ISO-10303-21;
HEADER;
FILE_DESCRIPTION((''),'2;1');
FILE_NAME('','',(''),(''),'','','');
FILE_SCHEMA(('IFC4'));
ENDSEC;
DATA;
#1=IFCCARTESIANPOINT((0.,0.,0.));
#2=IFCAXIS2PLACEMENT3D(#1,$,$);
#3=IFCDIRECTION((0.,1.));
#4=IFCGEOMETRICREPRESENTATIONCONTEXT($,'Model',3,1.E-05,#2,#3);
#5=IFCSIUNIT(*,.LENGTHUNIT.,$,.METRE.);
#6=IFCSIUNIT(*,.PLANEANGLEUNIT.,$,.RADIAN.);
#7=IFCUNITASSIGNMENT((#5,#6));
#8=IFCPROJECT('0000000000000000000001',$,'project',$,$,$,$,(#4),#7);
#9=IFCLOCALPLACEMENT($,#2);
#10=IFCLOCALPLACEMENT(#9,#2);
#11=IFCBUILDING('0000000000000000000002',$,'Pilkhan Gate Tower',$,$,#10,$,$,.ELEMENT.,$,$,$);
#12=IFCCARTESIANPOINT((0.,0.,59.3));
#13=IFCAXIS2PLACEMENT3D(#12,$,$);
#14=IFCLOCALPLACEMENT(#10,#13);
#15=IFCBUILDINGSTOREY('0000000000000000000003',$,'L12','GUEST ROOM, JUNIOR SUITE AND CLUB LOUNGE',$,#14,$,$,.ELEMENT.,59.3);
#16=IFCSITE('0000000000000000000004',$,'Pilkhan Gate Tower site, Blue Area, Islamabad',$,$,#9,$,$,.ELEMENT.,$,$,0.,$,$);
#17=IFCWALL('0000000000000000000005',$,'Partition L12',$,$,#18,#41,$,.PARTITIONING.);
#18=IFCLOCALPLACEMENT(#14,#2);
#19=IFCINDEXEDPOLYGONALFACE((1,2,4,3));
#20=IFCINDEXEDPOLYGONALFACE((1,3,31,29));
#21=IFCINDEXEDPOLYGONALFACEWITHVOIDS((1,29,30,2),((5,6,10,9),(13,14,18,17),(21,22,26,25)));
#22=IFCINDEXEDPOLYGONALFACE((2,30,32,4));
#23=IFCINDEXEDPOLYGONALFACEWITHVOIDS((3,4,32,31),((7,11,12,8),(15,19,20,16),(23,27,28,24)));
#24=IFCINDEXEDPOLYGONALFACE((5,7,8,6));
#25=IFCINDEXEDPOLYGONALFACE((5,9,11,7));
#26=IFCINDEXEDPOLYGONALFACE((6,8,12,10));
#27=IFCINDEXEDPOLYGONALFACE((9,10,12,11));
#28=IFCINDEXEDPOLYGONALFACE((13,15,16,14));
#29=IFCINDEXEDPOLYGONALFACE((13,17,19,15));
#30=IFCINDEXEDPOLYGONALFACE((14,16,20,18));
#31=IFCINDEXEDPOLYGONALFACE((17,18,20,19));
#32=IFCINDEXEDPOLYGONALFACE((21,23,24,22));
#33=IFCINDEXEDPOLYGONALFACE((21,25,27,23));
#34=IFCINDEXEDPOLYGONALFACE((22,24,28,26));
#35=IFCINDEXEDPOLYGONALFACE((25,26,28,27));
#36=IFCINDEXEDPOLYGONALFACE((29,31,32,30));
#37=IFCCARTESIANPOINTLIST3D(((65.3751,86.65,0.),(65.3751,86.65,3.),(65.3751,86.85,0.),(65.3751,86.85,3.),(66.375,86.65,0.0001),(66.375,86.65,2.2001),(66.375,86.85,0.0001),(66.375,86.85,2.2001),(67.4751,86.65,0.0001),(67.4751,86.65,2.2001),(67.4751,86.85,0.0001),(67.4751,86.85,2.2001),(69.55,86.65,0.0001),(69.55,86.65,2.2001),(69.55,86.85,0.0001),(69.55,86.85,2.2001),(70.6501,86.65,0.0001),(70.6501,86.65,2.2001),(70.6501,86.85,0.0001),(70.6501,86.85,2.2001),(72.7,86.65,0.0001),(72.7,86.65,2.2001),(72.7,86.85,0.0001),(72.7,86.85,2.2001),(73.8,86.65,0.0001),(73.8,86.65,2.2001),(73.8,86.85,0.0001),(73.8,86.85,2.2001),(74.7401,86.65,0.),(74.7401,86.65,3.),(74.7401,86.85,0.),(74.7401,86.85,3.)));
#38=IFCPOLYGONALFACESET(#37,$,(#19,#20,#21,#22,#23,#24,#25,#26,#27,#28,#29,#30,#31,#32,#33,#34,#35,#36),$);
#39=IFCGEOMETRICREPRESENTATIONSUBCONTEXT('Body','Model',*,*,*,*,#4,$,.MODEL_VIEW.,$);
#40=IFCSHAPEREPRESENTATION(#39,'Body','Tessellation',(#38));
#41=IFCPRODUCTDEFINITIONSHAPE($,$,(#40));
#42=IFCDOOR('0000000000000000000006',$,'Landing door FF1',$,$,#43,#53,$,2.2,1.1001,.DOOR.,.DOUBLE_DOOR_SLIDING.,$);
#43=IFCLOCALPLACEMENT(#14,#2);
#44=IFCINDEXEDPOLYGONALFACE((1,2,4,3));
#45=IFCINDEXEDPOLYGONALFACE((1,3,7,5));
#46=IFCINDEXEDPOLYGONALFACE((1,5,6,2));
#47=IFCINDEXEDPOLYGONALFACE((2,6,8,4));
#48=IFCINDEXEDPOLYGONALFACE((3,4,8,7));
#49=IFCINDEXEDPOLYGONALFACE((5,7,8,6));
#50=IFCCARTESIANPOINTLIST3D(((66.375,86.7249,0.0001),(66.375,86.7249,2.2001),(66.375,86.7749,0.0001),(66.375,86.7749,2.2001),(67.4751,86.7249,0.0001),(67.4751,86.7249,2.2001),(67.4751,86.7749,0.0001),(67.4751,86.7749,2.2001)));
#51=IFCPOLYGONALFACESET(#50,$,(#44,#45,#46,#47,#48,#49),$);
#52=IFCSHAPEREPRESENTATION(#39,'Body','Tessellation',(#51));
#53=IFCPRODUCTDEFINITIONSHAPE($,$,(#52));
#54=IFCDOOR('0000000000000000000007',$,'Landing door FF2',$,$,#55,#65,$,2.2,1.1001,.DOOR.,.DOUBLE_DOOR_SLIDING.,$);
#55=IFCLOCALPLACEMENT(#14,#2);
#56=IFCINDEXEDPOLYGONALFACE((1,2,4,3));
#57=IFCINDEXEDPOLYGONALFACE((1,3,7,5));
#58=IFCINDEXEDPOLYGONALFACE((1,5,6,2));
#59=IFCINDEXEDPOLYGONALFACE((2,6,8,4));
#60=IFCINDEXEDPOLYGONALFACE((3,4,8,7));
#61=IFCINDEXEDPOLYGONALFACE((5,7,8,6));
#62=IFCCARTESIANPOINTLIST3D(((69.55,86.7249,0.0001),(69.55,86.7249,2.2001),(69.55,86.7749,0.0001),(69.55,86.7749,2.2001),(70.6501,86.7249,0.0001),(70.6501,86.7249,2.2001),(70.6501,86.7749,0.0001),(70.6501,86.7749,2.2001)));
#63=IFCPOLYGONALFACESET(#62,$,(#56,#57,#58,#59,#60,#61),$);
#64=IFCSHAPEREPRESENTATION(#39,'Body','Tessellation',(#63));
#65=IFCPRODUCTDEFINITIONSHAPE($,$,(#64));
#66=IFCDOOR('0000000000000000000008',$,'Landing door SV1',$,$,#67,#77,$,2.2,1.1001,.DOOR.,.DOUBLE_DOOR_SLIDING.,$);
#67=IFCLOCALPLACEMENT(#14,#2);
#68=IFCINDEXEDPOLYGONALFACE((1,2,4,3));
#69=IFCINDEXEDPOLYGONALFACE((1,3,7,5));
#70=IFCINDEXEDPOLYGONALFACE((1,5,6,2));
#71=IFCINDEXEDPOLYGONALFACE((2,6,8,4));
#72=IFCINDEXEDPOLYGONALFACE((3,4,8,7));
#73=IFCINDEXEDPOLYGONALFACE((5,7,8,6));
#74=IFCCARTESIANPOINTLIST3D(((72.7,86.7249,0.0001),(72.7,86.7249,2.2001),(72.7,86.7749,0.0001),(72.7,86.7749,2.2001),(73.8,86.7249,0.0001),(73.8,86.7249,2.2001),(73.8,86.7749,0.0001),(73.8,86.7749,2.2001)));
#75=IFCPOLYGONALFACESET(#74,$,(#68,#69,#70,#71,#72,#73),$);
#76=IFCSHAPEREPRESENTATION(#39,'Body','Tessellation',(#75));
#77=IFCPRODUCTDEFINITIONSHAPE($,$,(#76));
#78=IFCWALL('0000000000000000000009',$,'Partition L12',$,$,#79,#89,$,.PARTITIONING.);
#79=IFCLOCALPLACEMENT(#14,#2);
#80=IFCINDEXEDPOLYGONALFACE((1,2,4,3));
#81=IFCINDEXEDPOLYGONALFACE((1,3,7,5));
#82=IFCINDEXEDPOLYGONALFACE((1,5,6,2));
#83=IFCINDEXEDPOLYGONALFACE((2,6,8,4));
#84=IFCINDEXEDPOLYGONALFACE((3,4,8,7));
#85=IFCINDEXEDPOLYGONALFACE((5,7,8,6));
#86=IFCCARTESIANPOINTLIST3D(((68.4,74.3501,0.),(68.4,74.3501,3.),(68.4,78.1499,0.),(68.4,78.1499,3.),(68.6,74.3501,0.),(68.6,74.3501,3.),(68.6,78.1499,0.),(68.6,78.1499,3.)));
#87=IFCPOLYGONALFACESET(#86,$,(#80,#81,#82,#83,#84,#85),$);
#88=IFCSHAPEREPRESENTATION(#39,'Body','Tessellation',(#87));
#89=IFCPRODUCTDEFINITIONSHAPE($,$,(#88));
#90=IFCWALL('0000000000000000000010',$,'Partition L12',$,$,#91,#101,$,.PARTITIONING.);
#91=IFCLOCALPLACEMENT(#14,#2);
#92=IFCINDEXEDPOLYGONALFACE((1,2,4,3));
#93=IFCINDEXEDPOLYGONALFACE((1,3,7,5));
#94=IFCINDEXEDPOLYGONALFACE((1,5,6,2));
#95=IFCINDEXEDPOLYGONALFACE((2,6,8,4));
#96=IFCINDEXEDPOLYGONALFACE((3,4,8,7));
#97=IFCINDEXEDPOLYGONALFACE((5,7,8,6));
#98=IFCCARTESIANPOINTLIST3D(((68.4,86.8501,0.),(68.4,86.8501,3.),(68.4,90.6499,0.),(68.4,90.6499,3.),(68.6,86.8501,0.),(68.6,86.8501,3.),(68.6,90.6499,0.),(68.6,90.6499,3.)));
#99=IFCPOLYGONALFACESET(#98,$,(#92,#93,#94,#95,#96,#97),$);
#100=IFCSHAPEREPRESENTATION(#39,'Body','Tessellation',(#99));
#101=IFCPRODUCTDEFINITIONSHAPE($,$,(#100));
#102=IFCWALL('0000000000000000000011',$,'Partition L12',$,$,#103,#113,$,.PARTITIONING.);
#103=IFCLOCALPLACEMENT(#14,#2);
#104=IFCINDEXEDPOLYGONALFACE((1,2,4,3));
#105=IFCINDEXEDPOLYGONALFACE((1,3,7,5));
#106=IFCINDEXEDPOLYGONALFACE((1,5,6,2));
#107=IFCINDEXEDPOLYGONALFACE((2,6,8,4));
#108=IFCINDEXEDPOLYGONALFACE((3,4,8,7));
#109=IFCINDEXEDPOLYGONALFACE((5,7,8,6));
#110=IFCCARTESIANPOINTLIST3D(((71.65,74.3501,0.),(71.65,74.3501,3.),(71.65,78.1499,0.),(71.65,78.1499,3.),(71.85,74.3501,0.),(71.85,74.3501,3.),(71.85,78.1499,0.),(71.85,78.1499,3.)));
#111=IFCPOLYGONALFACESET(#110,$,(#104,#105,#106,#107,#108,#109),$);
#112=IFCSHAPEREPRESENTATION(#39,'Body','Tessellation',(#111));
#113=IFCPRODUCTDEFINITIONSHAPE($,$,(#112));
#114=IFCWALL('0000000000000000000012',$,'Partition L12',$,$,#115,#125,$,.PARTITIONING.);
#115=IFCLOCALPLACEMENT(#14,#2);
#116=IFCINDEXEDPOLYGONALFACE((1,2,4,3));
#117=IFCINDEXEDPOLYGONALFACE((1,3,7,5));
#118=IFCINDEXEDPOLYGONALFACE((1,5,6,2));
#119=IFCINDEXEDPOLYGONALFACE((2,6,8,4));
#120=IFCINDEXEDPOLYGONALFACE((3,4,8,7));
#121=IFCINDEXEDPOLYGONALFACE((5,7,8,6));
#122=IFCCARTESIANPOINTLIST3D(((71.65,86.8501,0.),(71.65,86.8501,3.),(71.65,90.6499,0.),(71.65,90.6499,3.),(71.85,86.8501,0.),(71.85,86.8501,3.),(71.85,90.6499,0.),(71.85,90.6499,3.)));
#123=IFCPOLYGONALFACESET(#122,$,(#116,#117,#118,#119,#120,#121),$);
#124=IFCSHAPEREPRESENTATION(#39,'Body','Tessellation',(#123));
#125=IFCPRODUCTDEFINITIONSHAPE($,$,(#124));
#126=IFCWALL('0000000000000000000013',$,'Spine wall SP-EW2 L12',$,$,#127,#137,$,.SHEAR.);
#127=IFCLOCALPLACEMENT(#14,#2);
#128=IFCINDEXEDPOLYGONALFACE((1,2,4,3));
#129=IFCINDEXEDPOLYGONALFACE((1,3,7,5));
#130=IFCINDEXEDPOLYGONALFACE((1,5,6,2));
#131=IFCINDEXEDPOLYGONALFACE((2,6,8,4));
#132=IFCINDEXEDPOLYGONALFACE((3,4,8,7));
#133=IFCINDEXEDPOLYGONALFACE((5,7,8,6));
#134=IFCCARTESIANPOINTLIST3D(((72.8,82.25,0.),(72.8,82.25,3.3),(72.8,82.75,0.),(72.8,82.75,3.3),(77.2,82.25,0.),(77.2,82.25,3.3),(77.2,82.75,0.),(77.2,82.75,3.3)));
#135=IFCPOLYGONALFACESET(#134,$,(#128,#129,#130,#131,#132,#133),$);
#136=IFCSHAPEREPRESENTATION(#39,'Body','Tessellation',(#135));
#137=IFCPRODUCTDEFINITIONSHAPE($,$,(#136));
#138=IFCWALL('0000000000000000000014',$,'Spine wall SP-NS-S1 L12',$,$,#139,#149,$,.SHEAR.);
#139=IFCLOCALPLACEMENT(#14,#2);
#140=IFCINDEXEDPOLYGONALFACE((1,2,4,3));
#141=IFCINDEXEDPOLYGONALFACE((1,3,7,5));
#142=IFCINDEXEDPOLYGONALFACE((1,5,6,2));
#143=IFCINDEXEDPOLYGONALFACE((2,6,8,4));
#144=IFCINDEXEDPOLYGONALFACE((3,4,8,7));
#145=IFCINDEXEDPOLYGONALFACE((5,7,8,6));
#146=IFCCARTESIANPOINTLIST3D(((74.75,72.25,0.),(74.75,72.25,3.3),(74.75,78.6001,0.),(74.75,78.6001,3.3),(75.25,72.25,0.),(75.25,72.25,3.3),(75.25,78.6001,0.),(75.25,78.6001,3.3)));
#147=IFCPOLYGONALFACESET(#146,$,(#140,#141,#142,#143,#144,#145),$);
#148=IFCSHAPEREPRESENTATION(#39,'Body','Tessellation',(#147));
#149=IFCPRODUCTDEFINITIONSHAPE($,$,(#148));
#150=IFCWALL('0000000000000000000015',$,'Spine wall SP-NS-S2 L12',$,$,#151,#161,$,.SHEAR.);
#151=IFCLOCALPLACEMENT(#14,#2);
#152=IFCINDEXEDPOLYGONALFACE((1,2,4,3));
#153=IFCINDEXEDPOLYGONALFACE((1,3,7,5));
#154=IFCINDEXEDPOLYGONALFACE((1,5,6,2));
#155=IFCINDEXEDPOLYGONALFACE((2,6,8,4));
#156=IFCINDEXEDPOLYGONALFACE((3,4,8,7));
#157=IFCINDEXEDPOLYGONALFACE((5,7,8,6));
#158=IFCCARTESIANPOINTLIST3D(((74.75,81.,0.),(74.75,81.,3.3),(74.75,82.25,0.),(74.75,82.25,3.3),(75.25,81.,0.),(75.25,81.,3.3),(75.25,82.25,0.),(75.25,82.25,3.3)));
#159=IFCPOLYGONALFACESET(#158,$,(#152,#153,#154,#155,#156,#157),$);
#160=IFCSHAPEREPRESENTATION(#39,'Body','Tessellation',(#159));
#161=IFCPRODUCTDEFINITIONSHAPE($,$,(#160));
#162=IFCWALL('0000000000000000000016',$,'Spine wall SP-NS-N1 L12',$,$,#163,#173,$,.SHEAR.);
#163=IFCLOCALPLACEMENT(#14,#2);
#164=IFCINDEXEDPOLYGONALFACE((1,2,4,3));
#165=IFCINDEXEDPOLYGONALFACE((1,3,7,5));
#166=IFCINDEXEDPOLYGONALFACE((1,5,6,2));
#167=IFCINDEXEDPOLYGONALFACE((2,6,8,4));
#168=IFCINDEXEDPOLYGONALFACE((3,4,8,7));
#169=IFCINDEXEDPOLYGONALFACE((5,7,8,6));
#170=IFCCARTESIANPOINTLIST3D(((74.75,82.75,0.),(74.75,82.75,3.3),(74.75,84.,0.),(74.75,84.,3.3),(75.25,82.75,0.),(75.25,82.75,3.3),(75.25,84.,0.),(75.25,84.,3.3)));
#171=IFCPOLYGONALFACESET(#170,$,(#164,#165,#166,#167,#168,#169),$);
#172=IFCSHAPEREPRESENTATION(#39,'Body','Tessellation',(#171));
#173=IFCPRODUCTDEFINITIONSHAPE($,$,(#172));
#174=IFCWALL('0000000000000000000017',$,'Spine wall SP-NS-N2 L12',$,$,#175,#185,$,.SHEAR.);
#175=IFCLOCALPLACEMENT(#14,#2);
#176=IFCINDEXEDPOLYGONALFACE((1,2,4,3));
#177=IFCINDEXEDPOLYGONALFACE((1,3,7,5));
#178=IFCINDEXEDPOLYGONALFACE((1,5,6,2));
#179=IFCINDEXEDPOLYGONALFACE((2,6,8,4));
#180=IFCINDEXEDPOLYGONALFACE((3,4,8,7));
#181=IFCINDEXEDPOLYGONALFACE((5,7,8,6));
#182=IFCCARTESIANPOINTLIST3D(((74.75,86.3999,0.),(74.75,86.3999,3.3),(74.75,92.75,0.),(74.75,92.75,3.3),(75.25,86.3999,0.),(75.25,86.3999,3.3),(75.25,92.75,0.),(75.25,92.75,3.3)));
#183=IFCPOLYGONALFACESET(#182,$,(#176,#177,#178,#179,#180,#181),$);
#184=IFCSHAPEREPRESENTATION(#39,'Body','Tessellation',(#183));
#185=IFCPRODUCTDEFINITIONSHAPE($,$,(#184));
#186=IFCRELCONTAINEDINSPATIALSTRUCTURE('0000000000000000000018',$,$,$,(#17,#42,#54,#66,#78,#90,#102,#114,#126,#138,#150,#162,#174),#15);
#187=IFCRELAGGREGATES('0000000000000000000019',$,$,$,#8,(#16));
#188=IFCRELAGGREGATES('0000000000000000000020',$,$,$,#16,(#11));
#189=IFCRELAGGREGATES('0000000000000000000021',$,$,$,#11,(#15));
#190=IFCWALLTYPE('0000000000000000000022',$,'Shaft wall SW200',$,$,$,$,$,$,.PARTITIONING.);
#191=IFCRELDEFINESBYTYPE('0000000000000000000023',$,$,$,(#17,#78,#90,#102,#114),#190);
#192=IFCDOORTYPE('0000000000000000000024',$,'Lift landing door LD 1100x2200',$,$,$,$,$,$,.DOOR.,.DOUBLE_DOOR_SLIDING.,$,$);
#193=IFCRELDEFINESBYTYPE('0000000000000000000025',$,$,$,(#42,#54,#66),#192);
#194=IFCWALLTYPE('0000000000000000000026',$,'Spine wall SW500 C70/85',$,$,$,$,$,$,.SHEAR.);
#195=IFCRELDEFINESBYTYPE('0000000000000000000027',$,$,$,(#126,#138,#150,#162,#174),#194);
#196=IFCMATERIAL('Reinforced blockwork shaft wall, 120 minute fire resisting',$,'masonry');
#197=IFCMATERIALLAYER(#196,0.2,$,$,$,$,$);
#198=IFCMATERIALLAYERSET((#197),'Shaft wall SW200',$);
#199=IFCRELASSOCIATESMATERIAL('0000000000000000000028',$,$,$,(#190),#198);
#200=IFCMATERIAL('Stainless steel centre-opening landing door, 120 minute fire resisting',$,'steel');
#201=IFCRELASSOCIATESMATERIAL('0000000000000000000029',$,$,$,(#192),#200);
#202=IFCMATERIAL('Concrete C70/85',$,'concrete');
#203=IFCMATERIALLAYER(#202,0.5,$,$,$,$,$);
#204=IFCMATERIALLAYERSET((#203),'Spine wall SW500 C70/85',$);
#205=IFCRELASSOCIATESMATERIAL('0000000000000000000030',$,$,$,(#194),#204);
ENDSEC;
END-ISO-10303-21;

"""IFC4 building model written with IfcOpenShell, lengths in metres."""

from ifc_helpers import new_model, si_unit, direction, frame, frame_2d, origin, place, context, subcontext, project, spatial, rectangle, extrude, material, layer, layer_set, type_object, element, fill, save


model = new_model("IFC4")

# Units and contexts
model_context = context("Model", 3, precision=1e-05, world=origin(), true_north=direction((0.0, 1.0)))
body_context = subcontext(model_context, "Body", "Model", "MODEL_VIEW")
ifc_project = project(units=[si_unit("LENGTHUNIT", "METRE"), si_unit("PLANEANGLEUNIT", "RADIAN")], contexts=[model_context])

# Site, building, storey
site_placement = place(None, origin())
site = spatial("IfcSite", under=ifc_project, at=site_placement, Name="Pilkhan Gate Tower site, Blue Area, Islamabad", CompositionType="ELEMENT", RefElevation=0.0)
building_placement = place(site_placement, origin())
building = spatial("IfcBuilding", under=site, at=building_placement, Name="Pilkhan Gate Tower", CompositionType="ELEMENT")
storey_placement = place(building_placement, frame((0.0, 0.0, 59.3)))
storey = spatial("IfcBuildingStorey", under=building, at=storey_placement, Name="L12", Description="GUEST ROOM, JUNIOR SUITE AND CLUB LOUNGE", CompositionType="ELEMENT", Elevation=59.3)

# Shared definitions
ifc_material_1 = material(Name="Concrete C70/85", Category="concrete")

# Shared definitions
ifc_material_2 = material(Name="Reinforced blockwork shaft wall, 120 minute fire resisting", Category="masonry")
ifc_layer_1 = layer(ifc_material_2, 0.2)
ifc_layer_set_1 = layer_set([ifc_layer_1], Name="Shaft wall SW200")
wall_type_1 = type_object("IfcWallType", Name="Shaft wall SW200", PredefinedType="PARTITIONING", material=ifc_layer_set_1)

# Wall, openings, doors
ifc_material_3 = material(Name="Stainless steel centre-opening landing door, 120 minute fire resisting", Category="steel")
door_type_1 = type_object("IfcDoorType", Name="Lift landing door LD 1100x2200", OperationType="DOUBLE_DOOR_SLIDING", PredefinedType="DOOR", material=ifc_material_3)
wall_1_placement = place(storey_placement, frame((65.375, 86.75, 0.0), z_axis=(0.0, 0.0, 1.0), x_axis=(1.0, 0.0, 0.0)))
wall_1 = element("IfcWall", 1, at=wall_1_placement, inside=storey, type_object=wall_type_1, Name="Partition L12", PredefinedType="PARTITIONING", context=body_context, shape_type="SweptSolid", body=[
    extrude(rectangle(XDim=9.365, YDim=0.2, at=frame_2d((4.6826, 0.0))), origin(), (0.0, 0.0, 1.0), 3.0),
])
opening_1_placement = place(wall_1_placement, frame((1.0, 0.0, 0.0)))
opening_1 = element("IfcOpeningElement", 2, at=opening_1_placement, cuts=wall_1, PredefinedType="OPENING", context=body_context, shape_type="SweptSolid", body=[
    extrude(rectangle(XDim=1.1001, YDim=2.2, at=frame_2d((0.55, 1.1001))), frame((0.0, 0.1099, 0.0), z_axis=(0.0, -1.0, 0.0), x_axis=(1.0, 0.0, 0.0)), (0.0, 0.0, 1.0), 0.22),
])
opening_2_placement = place(wall_1_placement, frame((4.175, 0.0, 0.0)))
opening_2 = element("IfcOpeningElement", 3, at=opening_2_placement, cuts=wall_1, PredefinedType="OPENING", context=body_context, shape_type="SweptSolid", body=[
    extrude(rectangle(XDim=1.1001, YDim=2.2, at=frame_2d((0.55, 1.1001))), frame((0.0, 0.1099, 0.0), z_axis=(0.0, -1.0, 0.0), x_axis=(1.0, 0.0, 0.0)), (0.0, 0.0, 1.0), 0.22),
])
opening_3_placement = place(wall_1_placement, frame((7.325, 0.0, 0.0)))
opening_3 = element("IfcOpeningElement", 4, at=opening_3_placement, cuts=wall_1, PredefinedType="OPENING", context=body_context, shape_type="SweptSolid", body=[
    extrude(rectangle(XDim=1.1001, YDim=2.2, at=frame_2d((0.55, 1.1001))), frame((0.0, 0.1099, 0.0), z_axis=(0.0, -1.0, 0.0), x_axis=(1.0, 0.0, 0.0)), (0.0, 0.0, 1.0), 0.22),
])
door_1_placement = place(opening_1_placement, origin())
door_1 = element("IfcDoor", 5, at=door_1_placement, inside=storey, type_object=door_type_1, Name="Landing door FF1", OperationType="DOUBLE_DOOR_SLIDING", OverallHeight=2.2, OverallWidth=1.1001, PredefinedType="DOOR", context=body_context, shape_type="SweptSolid", body=[
    extrude(rectangle(XDim=1.1001, YDim=2.2, at=frame_2d((0.55, 1.1001))), frame((0.0, 0.0249, 0.0), z_axis=(0.0, -1.0, 0.0), x_axis=(1.0, 0.0, 0.0)), (0.0, 0.0, 1.0), 0.05),
])
fill(opening_1, door_1)
door_2_placement = place(opening_2_placement, origin())
door_2 = element("IfcDoor", 6, at=door_2_placement, inside=storey, type_object=door_type_1, Name="Landing door FF2", OperationType="DOUBLE_DOOR_SLIDING", OverallHeight=2.2, OverallWidth=1.1001, PredefinedType="DOOR", context=body_context, shape_type="SweptSolid", body=[
    extrude(rectangle(XDim=1.1001, YDim=2.2, at=frame_2d((0.55, 1.1001))), frame((0.0, 0.0249, 0.0), z_axis=(0.0, -1.0, 0.0), x_axis=(1.0, 0.0, 0.0)), (0.0, 0.0, 1.0), 0.05),
])
fill(opening_2, door_2)
door_3_placement = place(opening_3_placement, origin())
door_3 = element("IfcDoor", 7, at=door_3_placement, inside=storey, type_object=door_type_1, Name="Landing door SV1", OperationType="DOUBLE_DOOR_SLIDING", OverallHeight=2.2, OverallWidth=1.1001, PredefinedType="DOOR", context=body_context, shape_type="SweptSolid", body=[
    extrude(rectangle(XDim=1.1001, YDim=2.2, at=frame_2d((0.55, 1.1001))), frame((0.0, 0.0249, 0.0), z_axis=(0.0, -1.0, 0.0), x_axis=(1.0, 0.0, 0.0)), (0.0, 0.0, 1.0), 0.05),
])
fill(opening_3, door_3)

# Walls
for number, where, z_axis, x_axis, name in (
    (8, (68.5, 74.3501, 0.0), (0.0, 0.0, 1.0), (0.0, 1.0, 0.0), "Partition L12"),
    (9, (68.5, 86.8501, 0.0), (0.0, 0.0, 1.0), (0.0, 1.0, 0.0), "Partition L12"),
    (10, (71.75, 74.3501, 0.0), (0.0, 0.0, 1.0), (0.0, 1.0, 0.0), "Partition L12"),
    (11, (71.75, 86.8501, 0.0), (0.0, 0.0, 1.0), (0.0, 1.0, 0.0), "Partition L12"),
):
    element("IfcWall", number, at=place(storey_placement, frame(where, z_axis=z_axis, x_axis=x_axis)), inside=storey, type_object=wall_type_1, Name=name, PredefinedType="PARTITIONING", context=body_context, shape_type="SweptSolid", body=[
        extrude(rectangle(XDim=3.7998, YDim=0.2, at=frame_2d((1.8999, 0.0))), origin(), (0.0, 0.0, 1.0), 3.0),
    ])
ifc_layer_2 = layer(ifc_material_1, 0.5)
ifc_layer_set_2 = layer_set([ifc_layer_2], Name="Spine wall SW500 C70/85")
wall_type_2 = type_object("IfcWallType", Name="Spine wall SW500 C70/85", PredefinedType="SHEAR", material=ifc_layer_set_2)
wall_2_placement = place(storey_placement, frame((72.8, 82.5, 0.0), z_axis=(0.0, 0.0, 1.0), x_axis=(1.0, 0.0, 0.0)))
element("IfcWall", 12, at=wall_2_placement, inside=storey, type_object=wall_type_2, Name="Spine wall SP-EW2 L12", PredefinedType="SHEAR", context=body_context, shape_type="SweptSolid", body=[
    extrude(rectangle(XDim=4.3999, YDim=0.5, at=frame_2d((2.2, 0.0))), origin(), (0.0, 0.0, 1.0), 3.3),
])
wall_3_placement = place(storey_placement, frame((75.0, 72.25, 0.0), z_axis=(0.0, 0.0, 1.0), x_axis=(0.0, 1.0, 0.0)))
element("IfcWall", 13, at=wall_3_placement, inside=storey, type_object=wall_type_2, Name="Spine wall SP-NS-S1 L12", PredefinedType="SHEAR", context=body_context, shape_type="SweptSolid", body=[
    extrude(rectangle(XDim=6.3501, YDim=0.5, at=frame_2d((3.175, 0.0))), origin(), (0.0, 0.0, 1.0), 3.3),
])
for number, where, z_axis, x_axis, name in (
    (14, (75.0, 81.0, 0.0), (0.0, 0.0, 1.0), (0.0, 1.0, 0.0), "Spine wall SP-NS-S2 L12"),
    (15, (75.0, 82.75, 0.0), (0.0, 0.0, 1.0), (0.0, 1.0, 0.0), "Spine wall SP-NS-N1 L12"),
):
    element("IfcWall", number, at=place(storey_placement, frame(where, z_axis=z_axis, x_axis=x_axis)), inside=storey, type_object=wall_type_2, Name=name, PredefinedType="SHEAR", context=body_context, shape_type="SweptSolid", body=[
        extrude(rectangle(XDim=1.25, YDim=0.5, at=frame_2d((0.625, 0.0))), origin(), (0.0, 0.0, 1.0), 3.3),
    ])
wall_4_placement = place(storey_placement, frame((75.0, 86.3999, 0.0), z_axis=(0.0, 0.0, 1.0), x_axis=(0.0, 1.0, 0.0)))
element("IfcWall", 16, at=wall_4_placement, inside=storey, type_object=wall_type_2, Name="Spine wall SP-NS-N2 L12", PredefinedType="SHEAR", context=body_context, shape_type="SweptSolid", body=[
    extrude(rectangle(XDim=6.3501, YDim=0.5, at=frame_2d((3.175, 0.0))), origin(), (0.0, 0.0, 1.0), 3.3),
])

save(model, "model.ifc")
